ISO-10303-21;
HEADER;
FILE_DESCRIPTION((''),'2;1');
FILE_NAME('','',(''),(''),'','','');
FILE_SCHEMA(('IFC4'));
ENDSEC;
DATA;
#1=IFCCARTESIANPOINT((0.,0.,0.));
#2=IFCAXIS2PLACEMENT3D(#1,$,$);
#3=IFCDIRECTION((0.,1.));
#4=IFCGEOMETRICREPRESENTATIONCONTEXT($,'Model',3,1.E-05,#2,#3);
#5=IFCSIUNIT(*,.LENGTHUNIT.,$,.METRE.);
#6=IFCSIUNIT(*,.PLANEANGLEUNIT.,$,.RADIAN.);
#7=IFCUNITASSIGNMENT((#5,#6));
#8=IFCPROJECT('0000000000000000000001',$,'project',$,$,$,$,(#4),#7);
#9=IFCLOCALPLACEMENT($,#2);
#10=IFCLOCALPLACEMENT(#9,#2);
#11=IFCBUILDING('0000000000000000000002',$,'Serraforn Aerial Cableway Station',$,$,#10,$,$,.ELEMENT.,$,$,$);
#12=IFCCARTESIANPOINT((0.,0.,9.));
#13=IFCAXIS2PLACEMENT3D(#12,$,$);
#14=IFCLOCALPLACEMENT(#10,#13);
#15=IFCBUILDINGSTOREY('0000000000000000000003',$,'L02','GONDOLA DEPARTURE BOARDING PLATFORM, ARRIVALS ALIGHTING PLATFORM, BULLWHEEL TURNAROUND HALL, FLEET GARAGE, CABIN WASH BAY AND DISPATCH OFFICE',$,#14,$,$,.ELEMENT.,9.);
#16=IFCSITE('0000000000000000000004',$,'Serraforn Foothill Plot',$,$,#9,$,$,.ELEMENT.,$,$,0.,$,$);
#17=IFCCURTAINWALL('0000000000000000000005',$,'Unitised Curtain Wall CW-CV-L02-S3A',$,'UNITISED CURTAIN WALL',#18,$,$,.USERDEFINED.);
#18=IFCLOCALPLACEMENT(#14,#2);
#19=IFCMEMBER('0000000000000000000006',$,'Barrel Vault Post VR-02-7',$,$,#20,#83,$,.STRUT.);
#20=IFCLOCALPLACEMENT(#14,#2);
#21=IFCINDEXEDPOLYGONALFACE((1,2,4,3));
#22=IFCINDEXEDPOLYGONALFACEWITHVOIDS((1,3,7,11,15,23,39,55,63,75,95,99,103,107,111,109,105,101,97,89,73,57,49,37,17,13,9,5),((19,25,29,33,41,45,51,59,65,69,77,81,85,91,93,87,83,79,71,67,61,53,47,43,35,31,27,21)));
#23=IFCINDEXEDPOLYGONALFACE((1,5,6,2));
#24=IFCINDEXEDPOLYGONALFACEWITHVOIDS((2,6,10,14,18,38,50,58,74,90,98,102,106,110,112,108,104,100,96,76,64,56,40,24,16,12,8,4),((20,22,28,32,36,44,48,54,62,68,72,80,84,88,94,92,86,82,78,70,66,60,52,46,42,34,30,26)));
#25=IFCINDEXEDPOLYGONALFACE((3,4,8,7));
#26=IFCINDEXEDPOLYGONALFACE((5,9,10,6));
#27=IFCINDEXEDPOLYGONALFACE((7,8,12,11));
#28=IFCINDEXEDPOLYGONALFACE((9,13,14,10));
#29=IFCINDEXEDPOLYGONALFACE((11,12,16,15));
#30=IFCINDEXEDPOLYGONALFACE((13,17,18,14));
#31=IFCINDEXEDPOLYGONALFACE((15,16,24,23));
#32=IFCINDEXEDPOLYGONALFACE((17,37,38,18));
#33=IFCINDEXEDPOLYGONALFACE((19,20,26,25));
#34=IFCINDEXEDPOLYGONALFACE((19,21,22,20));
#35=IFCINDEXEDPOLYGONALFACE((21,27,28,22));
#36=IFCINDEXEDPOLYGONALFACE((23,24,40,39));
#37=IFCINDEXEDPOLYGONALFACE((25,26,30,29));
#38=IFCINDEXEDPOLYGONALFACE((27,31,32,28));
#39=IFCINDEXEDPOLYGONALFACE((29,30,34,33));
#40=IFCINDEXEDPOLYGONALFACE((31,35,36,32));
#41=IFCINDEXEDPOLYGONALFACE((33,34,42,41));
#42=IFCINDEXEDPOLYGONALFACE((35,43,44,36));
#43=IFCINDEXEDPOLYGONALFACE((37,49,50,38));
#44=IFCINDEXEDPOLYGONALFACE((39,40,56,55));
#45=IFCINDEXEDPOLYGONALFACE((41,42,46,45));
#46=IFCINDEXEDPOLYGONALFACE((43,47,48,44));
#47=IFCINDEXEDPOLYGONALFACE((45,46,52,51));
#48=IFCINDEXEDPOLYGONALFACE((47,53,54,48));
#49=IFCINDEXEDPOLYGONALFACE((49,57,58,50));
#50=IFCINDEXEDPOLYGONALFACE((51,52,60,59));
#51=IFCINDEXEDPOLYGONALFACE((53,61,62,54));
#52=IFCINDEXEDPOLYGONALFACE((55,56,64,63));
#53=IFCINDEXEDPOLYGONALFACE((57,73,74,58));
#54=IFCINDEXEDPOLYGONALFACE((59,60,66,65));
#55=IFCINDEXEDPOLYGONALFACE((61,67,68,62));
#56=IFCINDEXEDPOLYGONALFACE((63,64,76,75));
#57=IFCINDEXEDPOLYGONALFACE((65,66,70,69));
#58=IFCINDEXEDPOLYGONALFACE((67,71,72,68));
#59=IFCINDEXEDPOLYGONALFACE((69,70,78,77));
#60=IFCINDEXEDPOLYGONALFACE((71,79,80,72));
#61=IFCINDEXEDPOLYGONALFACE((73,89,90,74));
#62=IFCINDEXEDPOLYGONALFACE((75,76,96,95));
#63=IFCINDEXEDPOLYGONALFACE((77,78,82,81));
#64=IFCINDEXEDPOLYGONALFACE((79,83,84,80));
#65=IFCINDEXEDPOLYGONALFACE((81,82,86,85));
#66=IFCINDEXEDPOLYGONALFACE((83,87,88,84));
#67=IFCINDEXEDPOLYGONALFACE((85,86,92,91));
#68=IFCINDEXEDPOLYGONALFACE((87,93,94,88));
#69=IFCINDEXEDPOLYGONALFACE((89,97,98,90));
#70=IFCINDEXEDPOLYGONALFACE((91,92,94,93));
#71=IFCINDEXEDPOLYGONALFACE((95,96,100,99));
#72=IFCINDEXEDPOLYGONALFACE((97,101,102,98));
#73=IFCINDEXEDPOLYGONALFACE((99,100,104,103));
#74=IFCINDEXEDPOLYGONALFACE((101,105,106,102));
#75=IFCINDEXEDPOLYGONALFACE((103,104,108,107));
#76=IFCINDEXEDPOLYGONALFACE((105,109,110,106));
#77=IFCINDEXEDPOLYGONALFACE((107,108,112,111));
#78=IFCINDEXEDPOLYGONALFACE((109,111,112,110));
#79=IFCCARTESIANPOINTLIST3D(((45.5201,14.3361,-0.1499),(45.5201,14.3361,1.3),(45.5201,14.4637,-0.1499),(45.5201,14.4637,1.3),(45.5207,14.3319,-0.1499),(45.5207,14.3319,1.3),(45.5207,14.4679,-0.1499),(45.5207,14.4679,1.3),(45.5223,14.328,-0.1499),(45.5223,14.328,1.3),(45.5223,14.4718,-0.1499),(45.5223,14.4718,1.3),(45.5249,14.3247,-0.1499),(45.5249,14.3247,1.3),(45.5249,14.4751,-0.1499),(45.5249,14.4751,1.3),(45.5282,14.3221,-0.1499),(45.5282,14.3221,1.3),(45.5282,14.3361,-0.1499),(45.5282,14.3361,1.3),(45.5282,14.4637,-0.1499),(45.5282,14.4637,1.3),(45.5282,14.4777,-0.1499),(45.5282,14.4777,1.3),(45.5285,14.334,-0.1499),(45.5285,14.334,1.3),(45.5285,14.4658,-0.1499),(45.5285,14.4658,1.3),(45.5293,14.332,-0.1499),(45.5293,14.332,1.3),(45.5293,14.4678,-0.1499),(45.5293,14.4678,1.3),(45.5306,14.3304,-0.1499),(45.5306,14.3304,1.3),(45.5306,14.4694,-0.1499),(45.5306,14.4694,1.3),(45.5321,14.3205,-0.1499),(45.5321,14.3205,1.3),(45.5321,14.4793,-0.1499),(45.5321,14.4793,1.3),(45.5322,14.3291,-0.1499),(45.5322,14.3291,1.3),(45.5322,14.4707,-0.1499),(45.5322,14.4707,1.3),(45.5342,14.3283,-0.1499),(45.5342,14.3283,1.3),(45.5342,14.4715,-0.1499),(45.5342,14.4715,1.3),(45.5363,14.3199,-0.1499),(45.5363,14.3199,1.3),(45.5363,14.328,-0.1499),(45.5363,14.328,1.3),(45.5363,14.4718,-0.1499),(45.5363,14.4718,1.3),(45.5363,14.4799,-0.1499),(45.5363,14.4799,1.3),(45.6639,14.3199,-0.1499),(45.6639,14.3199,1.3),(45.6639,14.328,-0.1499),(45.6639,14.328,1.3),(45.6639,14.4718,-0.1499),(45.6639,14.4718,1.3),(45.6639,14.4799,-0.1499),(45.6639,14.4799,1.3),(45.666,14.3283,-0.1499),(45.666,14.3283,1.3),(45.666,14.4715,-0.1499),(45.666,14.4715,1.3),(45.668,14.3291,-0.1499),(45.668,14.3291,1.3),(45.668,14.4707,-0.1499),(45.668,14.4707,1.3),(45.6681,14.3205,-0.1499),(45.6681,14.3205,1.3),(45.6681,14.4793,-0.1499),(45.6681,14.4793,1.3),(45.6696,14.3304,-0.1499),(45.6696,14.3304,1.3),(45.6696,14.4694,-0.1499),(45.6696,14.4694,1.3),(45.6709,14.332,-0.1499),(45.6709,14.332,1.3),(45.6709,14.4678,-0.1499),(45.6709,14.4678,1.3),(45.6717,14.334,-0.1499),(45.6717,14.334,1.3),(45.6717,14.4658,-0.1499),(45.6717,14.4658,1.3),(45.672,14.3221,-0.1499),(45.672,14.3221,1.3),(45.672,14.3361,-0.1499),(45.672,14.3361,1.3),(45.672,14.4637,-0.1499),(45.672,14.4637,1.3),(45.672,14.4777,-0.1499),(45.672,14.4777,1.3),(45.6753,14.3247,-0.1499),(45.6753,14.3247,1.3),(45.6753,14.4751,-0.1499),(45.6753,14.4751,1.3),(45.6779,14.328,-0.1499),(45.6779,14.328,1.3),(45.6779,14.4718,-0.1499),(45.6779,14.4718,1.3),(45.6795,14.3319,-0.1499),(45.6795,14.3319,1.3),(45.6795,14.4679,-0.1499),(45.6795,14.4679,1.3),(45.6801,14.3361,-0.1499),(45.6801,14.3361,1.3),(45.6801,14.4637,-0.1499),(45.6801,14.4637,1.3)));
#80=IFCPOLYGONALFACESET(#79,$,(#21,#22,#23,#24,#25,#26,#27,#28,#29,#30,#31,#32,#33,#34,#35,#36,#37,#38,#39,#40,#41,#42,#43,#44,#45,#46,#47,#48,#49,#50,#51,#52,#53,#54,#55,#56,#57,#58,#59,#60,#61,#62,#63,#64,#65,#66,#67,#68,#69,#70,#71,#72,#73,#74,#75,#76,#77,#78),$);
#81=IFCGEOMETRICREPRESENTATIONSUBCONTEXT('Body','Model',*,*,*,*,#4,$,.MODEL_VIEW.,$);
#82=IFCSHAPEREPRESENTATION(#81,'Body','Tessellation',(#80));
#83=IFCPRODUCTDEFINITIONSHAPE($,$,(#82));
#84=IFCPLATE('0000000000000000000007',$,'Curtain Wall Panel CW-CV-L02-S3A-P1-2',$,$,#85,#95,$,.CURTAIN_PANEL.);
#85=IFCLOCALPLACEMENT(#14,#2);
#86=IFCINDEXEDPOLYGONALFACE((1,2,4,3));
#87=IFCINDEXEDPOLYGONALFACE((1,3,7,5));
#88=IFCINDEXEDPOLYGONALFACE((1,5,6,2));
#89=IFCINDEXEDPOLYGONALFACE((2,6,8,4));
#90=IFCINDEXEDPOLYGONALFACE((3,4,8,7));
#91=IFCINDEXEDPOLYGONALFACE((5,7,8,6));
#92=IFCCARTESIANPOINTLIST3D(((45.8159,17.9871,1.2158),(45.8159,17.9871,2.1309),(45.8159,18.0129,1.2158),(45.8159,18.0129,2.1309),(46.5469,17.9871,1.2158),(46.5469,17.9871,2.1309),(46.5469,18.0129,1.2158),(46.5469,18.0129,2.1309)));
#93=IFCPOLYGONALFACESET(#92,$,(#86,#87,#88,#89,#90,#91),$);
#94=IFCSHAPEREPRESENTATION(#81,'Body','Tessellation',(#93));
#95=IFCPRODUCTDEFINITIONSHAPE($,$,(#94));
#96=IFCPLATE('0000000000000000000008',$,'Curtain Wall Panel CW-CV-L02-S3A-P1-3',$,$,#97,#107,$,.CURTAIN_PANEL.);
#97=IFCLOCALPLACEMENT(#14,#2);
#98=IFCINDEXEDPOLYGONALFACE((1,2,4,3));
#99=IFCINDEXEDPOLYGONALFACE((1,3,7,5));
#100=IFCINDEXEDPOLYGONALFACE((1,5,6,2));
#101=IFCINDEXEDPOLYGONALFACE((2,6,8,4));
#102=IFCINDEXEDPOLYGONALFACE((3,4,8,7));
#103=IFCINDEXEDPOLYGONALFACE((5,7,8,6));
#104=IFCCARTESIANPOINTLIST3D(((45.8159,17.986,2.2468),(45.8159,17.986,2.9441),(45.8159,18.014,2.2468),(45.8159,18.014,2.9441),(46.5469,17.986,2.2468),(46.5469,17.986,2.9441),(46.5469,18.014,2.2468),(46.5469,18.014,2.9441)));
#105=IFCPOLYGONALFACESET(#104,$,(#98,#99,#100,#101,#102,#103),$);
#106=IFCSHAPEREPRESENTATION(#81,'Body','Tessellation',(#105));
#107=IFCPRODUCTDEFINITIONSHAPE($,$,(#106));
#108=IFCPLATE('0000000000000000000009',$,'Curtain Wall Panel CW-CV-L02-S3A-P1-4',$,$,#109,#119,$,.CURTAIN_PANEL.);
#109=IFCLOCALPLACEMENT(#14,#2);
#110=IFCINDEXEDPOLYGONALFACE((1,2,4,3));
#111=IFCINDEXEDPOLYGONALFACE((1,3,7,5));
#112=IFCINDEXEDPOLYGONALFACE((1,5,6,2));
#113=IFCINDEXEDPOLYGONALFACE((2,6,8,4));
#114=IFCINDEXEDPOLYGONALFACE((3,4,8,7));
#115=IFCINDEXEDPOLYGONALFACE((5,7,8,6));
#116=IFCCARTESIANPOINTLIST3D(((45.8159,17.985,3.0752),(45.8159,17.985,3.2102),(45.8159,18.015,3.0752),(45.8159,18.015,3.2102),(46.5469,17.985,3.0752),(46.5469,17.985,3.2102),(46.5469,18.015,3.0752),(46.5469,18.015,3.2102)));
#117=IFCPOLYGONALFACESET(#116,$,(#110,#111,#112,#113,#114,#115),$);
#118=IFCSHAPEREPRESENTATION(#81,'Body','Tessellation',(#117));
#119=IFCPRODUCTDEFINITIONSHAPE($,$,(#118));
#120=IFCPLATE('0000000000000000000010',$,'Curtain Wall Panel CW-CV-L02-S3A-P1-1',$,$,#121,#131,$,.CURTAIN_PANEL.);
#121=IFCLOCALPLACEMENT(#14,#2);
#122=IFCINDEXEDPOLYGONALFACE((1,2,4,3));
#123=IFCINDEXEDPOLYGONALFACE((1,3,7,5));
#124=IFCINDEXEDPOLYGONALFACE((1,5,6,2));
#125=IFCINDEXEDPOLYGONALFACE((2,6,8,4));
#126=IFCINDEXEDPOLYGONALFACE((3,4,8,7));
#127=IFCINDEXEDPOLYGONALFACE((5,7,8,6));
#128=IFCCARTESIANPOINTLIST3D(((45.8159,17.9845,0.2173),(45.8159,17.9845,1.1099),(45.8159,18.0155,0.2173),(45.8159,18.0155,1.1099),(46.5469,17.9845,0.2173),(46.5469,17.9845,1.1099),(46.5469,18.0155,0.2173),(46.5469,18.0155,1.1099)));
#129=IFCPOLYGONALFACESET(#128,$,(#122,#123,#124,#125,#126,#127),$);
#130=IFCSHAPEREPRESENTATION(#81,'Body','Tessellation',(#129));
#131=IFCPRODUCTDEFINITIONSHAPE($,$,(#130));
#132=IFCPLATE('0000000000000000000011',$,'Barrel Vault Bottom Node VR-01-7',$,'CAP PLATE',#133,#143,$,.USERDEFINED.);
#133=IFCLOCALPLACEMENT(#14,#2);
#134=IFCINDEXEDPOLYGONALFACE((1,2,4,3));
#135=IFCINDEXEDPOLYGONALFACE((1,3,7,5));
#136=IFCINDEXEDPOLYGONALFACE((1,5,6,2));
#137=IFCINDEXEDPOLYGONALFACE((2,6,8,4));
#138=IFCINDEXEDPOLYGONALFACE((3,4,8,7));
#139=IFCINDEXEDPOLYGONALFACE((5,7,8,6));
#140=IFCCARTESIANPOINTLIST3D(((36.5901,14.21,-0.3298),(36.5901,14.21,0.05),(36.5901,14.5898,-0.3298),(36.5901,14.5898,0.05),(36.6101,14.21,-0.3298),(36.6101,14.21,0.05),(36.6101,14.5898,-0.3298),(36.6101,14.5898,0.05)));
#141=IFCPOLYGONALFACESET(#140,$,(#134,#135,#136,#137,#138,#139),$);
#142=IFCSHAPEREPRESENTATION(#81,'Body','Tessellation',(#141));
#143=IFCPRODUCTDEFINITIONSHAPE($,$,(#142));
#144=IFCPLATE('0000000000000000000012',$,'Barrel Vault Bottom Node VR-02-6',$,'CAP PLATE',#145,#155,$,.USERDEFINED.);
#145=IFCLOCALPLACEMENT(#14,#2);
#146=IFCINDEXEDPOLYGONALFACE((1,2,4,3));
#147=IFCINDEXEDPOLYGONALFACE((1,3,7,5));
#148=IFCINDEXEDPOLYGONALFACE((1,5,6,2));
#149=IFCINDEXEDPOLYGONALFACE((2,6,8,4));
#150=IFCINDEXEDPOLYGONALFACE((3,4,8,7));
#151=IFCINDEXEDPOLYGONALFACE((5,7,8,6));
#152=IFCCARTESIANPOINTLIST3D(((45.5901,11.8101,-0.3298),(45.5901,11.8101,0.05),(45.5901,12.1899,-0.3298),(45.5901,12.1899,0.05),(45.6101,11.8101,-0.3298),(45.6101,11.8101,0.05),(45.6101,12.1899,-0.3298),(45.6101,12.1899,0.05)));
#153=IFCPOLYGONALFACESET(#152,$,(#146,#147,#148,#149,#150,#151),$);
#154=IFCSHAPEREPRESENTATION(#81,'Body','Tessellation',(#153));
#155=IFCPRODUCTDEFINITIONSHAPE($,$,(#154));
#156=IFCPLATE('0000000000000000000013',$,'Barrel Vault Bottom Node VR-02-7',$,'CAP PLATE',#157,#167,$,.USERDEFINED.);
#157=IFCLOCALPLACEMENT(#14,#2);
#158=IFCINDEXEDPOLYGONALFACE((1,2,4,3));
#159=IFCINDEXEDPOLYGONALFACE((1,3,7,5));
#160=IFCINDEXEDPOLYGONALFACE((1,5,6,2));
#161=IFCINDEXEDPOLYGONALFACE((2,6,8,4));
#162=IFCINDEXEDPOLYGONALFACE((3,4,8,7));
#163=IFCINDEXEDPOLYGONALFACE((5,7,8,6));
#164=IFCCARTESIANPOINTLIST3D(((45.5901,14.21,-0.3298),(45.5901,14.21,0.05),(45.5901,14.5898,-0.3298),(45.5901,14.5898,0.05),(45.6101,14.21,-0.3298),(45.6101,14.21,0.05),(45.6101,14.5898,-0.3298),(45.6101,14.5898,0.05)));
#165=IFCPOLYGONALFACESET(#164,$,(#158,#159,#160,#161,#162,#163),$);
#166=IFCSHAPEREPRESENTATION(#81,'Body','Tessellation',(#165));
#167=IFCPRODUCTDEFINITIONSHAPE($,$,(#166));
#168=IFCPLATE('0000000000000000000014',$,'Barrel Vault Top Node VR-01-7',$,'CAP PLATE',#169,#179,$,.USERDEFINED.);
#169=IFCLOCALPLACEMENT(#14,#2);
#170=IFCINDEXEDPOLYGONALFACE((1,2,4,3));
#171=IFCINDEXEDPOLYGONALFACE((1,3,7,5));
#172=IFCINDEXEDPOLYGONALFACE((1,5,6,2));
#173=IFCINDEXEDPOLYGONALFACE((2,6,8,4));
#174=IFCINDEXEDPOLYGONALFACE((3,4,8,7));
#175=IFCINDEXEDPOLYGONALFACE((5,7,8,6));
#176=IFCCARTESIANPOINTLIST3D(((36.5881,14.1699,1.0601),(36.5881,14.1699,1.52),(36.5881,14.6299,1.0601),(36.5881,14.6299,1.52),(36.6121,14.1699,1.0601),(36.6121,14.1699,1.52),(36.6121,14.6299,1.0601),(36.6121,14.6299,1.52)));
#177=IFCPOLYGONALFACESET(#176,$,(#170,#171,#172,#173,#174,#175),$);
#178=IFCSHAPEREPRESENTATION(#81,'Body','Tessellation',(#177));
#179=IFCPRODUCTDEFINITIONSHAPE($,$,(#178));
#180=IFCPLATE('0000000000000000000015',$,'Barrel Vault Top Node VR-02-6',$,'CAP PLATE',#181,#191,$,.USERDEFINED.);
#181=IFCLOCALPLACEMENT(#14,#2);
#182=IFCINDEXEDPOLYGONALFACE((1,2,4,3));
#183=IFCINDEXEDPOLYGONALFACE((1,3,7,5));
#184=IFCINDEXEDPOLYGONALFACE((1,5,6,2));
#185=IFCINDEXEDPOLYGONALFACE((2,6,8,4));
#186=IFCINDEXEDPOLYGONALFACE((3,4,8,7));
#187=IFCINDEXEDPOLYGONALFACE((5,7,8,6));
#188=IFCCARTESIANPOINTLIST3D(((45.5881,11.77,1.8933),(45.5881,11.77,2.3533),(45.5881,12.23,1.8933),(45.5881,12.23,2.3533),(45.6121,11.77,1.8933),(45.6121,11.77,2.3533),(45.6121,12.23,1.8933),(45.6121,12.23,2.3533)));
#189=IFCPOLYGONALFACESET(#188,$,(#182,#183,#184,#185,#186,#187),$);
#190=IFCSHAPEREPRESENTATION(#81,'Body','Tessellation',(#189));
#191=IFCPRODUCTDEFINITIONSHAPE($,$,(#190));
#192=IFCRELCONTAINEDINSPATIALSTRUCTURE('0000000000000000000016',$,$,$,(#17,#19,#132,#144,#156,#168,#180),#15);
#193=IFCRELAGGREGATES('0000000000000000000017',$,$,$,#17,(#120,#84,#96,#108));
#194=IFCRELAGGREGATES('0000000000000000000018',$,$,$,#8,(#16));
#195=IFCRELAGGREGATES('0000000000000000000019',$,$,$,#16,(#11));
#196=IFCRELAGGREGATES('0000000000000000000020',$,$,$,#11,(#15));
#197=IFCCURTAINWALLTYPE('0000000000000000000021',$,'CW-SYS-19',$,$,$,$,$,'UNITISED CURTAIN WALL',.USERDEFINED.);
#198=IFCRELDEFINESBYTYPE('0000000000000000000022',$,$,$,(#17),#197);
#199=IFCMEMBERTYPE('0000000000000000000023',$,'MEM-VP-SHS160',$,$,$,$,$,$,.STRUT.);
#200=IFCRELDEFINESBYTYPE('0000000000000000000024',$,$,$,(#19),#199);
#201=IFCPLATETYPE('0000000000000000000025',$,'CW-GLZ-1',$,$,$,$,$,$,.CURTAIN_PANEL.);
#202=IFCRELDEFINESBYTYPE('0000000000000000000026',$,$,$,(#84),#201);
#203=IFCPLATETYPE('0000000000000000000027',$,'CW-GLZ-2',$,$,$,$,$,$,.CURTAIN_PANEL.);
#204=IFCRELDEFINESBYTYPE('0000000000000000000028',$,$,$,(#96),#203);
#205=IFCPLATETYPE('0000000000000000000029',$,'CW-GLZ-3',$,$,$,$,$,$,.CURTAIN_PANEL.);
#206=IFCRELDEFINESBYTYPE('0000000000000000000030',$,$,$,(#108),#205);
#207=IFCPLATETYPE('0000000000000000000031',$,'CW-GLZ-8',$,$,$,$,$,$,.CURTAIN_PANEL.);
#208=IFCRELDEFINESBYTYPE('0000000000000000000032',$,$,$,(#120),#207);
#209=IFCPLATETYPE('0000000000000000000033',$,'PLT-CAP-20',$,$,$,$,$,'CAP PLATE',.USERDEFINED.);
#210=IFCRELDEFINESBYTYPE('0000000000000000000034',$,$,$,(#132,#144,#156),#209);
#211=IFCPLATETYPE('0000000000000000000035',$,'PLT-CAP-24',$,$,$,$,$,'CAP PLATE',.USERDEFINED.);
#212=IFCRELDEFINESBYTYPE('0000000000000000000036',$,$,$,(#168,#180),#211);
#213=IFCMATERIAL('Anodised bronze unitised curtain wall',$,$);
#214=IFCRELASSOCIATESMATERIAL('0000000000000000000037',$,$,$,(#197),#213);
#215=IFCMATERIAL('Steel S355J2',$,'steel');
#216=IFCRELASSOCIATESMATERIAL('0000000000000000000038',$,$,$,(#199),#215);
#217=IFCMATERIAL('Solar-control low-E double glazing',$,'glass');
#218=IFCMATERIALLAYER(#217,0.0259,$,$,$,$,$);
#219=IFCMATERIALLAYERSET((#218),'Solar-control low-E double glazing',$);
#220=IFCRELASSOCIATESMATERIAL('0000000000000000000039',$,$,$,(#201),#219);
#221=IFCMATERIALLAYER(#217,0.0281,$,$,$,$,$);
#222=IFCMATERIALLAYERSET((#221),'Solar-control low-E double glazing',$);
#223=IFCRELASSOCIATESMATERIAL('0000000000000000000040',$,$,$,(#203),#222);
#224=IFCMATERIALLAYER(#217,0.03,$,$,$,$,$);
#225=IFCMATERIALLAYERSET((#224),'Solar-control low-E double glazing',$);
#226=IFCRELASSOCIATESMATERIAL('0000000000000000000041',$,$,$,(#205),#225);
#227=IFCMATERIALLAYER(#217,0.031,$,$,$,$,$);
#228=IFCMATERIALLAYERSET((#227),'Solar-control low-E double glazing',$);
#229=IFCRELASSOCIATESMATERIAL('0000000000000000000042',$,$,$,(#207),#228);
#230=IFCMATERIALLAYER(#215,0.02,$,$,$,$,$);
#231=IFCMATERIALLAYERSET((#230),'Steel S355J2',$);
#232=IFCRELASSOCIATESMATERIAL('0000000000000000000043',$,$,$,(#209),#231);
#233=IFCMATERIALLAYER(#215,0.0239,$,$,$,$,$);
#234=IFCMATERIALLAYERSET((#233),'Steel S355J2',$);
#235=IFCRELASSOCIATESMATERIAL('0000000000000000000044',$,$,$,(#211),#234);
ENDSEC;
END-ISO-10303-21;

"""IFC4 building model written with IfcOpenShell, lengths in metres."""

from ifc_helpers import new_model, si_unit, direction, frame, origin, origin_2d, place, context, subcontext, project, spatial, rectangle, hollow_rectangle, extrude, material, layer, layer_set, material_profile, profile_set, type_object, element, aggregate, save


model = new_model("IFC4")

# Units and contexts
model_context = context("Model", 3, precision=1e-05, world=origin(), true_north=direction((0.0, 1.0)))
body_context = subcontext(model_context, "Body", "Model", "MODEL_VIEW")
ifc_project = project(units=[si_unit("LENGTHUNIT", "METRE"), si_unit("PLANEANGLEUNIT", "RADIAN")], contexts=[model_context])

# Site, building, storey
site_placement = place(None, origin())
site = spatial("IfcSite", under=ifc_project, at=site_placement, Name="Serraforn Foothill Plot", CompositionType="ELEMENT", RefElevation=0.0)
building_placement = place(site_placement, origin())
building = spatial("IfcBuilding", under=site, at=building_placement, Name="Serraforn Aerial Cableway Station", CompositionType="ELEMENT")
storey_placement = place(building_placement, frame((0.0, 0.0, 9.0)))
storey = spatial("IfcBuildingStorey", under=building, at=storey_placement, Name="L02", Description="GONDOLA DEPARTURE BOARDING PLATFORM, ARRIVALS ALIGHTING PLATFORM, BULLWHEEL TURNAROUND HALL, FLEET GARAGE, CABIN WASH BAY AND DISPATCH OFFICE", CompositionType="ELEMENT", Elevation=9.0)

# Shared definitions
ifc_material_1 = material(Name="Steel S355J2", Category="steel")

# Curtain wall
ifc_material_2 = material(Name="Anodised bronze unitised curtain wall")
curtain_wall_type = type_object("IfcCurtainWallType", Name="CW-SYS-19", ElementType="UNITISED CURTAIN WALL", PredefinedType="USERDEFINED", material=ifc_material_2)
curtain_wall_placement = place(storey_placement, origin())
curtain_wall = element("IfcCurtainWall", 1, at=curtain_wall_placement, inside=storey, type_object=curtain_wall_type, Name="Unitised Curtain Wall CW-CV-L02-S3A", ObjectType="UNITISED CURTAIN WALL", PredefinedType="USERDEFINED")

# Member
ifc_material_profile_1 = material_profile(ifc_material_1, hollow_rectangle(XDim=0.1599, YDim=0.1599, WallThickness=0.0081, InnerFilletRadius=0.0081, OuterFilletRadius=0.0161, at=origin_2d()), Name="SHS 160x160x8.0")
ifc_profile_set_1 = profile_set([ifc_material_profile_1], Name="Steel S355J2")
member_type_1 = type_object("IfcMemberType", Name="MEM-VP-SHS160", PredefinedType="STRUT", material=ifc_profile_set_1)
for number, where, z_axis, x_axis, name in (
    (2, (45.6001, 14.3999, -0.1499), (0.0, 0.0, 1.0), (1.0, 0.0, 0.0), "Barrel Vault Post VR-02-7"),
):
    element("IfcMember", number, at=place(storey_placement, frame(where, z_axis=z_axis, x_axis=x_axis)), inside=storey, type_object=member_type_1, Name=name, PredefinedType="STRUT", context=body_context, shape_type="SweptSolid", body=[
        extrude(hollow_rectangle(XDim=0.1599, YDim=0.1599, WallThickness=0.0081, InnerFilletRadius=0.0081, OuterFilletRadius=0.0161, at=origin_2d()), origin(), (0.0, 0.0, 1.0), 1.45),
    ])

# Plates
ifc_material_3 = material(Name="Solar-control low-E double glazing", Category="glass")
ifc_layer_1 = layer(ifc_material_3, 0.0259)
ifc_layer_set_1 = layer_set([ifc_layer_1], Name="Solar-control low-E double glazing")
plate_type_1 = type_object("IfcPlateType", Name="CW-GLZ-1", PredefinedType="CURTAIN_PANEL", material=ifc_layer_set_1)
plate_1_placement = place(storey_placement, frame((46.1814, 18.0, 1.2158), z_axis=(0.0, 0.0, 1.0), x_axis=(1.0, 0.0, 0.0)))
plate_1 = element("IfcPlate", 3, at=plate_1_placement, type_object=plate_type_1, Name="Curtain Wall Panel CW-CV-L02-S3A-P1-2", PredefinedType="CURTAIN_PANEL", context=body_context, shape_type="SweptSolid", body=[
    extrude(rectangle(XDim=0.731, YDim=0.0259, at=origin_2d()), origin(), (0.0, 0.0, 1.0), 0.915),
])
ifc_layer_2 = layer(ifc_material_3, 0.0281)
ifc_layer_set_2 = layer_set([ifc_layer_2], Name="Solar-control low-E double glazing")
plate_type_2 = type_object("IfcPlateType", Name="CW-GLZ-2", PredefinedType="CURTAIN_PANEL", material=ifc_layer_set_2)
plate_2_placement = place(storey_placement, frame((46.1814, 18.0, 2.2468), z_axis=(0.0, 0.0, 1.0), x_axis=(1.0, 0.0, 0.0)))
plate_2 = element("IfcPlate", 4, at=plate_2_placement, type_object=plate_type_2, Name="Curtain Wall Panel CW-CV-L02-S3A-P1-3", PredefinedType="CURTAIN_PANEL", context=body_context, shape_type="SweptSolid", body=[
    extrude(rectangle(XDim=0.731, YDim=0.0281, at=origin_2d()), origin(), (0.0, 0.0, 1.0), 0.6973),
])
ifc_layer_3 = layer(ifc_material_3, 0.03)
ifc_layer_set_3 = layer_set([ifc_layer_3], Name="Solar-control low-E double glazing")
plate_type_3 = type_object("IfcPlateType", Name="CW-GLZ-3", PredefinedType="CURTAIN_PANEL", material=ifc_layer_set_3)
plate_3_placement = place(storey_placement, frame((46.1814, 18.0, 3.0752), z_axis=(0.0, 0.0, 1.0), x_axis=(1.0, 0.0, 0.0)))
plate_3 = element("IfcPlate", 5, at=plate_3_placement, type_object=plate_type_3, Name="Curtain Wall Panel CW-CV-L02-S3A-P1-4", PredefinedType="CURTAIN_PANEL", context=body_context, shape_type="SweptSolid", body=[
    extrude(rectangle(XDim=0.731, YDim=0.03, at=origin_2d()), origin(), (0.0, 0.0, 1.0), 0.135),
])
ifc_layer_4 = layer(ifc_material_3, 0.031)
ifc_layer_set_4 = layer_set([ifc_layer_4], Name="Solar-control low-E double glazing")
plate_type_4 = type_object("IfcPlateType", Name="CW-GLZ-8", PredefinedType="CURTAIN_PANEL", material=ifc_layer_set_4)
plate_4_placement = place(storey_placement, frame((46.1814, 18.0, 0.2173), z_axis=(0.0, 0.0, 1.0), x_axis=(1.0, 0.0, 0.0)))
plate_4 = element("IfcPlate", 6, at=plate_4_placement, type_object=plate_type_4, Name="Curtain Wall Panel CW-CV-L02-S3A-P1-1", PredefinedType="CURTAIN_PANEL", context=body_context, shape_type="SweptSolid", body=[
    extrude(rectangle(XDim=0.731, YDim=0.031, at=origin_2d()), origin(), (0.0, 0.0, 1.0), 0.8926),
])
aggregate(curtain_wall, [plate_4, plate_1, plate_2, plate_3])

# Plates
ifc_layer_5 = layer(ifc_material_1, 0.02)
ifc_layer_set_5 = layer_set([ifc_layer_5], Name="Steel S355J2")
plate_type_5 = type_object("IfcPlateType", Name="PLT-CAP-20", ElementType="CAP PLATE", PredefinedType="USERDEFINED", material=ifc_layer_set_5)
for number, where, z_axis, x_axis, name in (
    (7, (36.6001, 14.3999, -0.3298), (0.0, 0.0, 1.0), (1.0, 0.0, 0.0), "Barrel Vault Bottom Node VR-01-7"),
    (8, (45.6001, 12.0, -0.3298), (0.0, 0.0, 1.0), (1.0, 0.0, 0.0), "Barrel Vault Bottom Node VR-02-6"),
    (9, (45.6001, 14.3999, -0.3298), (0.0, 0.0, 1.0), (1.0, 0.0, 0.0), "Barrel Vault Bottom Node VR-02-7"),
):
    element("IfcPlate", number, at=place(storey_placement, frame(where, z_axis=z_axis, x_axis=x_axis)), inside=storey, type_object=plate_type_5, Name=name, ObjectType="CAP PLATE", PredefinedType="USERDEFINED", context=body_context, shape_type="SweptSolid", body=[
        extrude(rectangle(XDim=0.02, YDim=0.3799, at=origin_2d()), origin(), (0.0, 0.0, 1.0), 0.3799),
    ])
ifc_layer_6 = layer(ifc_material_1, 0.0239)
ifc_layer_set_6 = layer_set([ifc_layer_6], Name="Steel S355J2")
plate_type_6 = type_object("IfcPlateType", Name="PLT-CAP-24", ElementType="CAP PLATE", PredefinedType="USERDEFINED", material=ifc_layer_set_6)
for number, where, z_axis, x_axis, name in (
    (10, (36.6001, 14.3999, 1.0601), (0.0, 0.0, 1.0), (1.0, 0.0, 0.0), "Barrel Vault Top Node VR-01-7"),
    (11, (45.6001, 12.0, 1.8933), (0.0, 0.0, 1.0), (1.0, 0.0, 0.0), "Barrel Vault Top Node VR-02-6"),
):
    element("IfcPlate", number, at=place(storey_placement, frame(where, z_axis=z_axis, x_axis=x_axis)), inside=storey, type_object=plate_type_6, Name=name, ObjectType="CAP PLATE", PredefinedType="USERDEFINED", context=body_context, shape_type="SweptSolid", body=[
        extrude(rectangle(XDim=0.0239, YDim=0.46, at=origin_2d()), origin(), (0.0, 0.0, 1.0), 0.46),
    ])

save(model, "model.ifc")
